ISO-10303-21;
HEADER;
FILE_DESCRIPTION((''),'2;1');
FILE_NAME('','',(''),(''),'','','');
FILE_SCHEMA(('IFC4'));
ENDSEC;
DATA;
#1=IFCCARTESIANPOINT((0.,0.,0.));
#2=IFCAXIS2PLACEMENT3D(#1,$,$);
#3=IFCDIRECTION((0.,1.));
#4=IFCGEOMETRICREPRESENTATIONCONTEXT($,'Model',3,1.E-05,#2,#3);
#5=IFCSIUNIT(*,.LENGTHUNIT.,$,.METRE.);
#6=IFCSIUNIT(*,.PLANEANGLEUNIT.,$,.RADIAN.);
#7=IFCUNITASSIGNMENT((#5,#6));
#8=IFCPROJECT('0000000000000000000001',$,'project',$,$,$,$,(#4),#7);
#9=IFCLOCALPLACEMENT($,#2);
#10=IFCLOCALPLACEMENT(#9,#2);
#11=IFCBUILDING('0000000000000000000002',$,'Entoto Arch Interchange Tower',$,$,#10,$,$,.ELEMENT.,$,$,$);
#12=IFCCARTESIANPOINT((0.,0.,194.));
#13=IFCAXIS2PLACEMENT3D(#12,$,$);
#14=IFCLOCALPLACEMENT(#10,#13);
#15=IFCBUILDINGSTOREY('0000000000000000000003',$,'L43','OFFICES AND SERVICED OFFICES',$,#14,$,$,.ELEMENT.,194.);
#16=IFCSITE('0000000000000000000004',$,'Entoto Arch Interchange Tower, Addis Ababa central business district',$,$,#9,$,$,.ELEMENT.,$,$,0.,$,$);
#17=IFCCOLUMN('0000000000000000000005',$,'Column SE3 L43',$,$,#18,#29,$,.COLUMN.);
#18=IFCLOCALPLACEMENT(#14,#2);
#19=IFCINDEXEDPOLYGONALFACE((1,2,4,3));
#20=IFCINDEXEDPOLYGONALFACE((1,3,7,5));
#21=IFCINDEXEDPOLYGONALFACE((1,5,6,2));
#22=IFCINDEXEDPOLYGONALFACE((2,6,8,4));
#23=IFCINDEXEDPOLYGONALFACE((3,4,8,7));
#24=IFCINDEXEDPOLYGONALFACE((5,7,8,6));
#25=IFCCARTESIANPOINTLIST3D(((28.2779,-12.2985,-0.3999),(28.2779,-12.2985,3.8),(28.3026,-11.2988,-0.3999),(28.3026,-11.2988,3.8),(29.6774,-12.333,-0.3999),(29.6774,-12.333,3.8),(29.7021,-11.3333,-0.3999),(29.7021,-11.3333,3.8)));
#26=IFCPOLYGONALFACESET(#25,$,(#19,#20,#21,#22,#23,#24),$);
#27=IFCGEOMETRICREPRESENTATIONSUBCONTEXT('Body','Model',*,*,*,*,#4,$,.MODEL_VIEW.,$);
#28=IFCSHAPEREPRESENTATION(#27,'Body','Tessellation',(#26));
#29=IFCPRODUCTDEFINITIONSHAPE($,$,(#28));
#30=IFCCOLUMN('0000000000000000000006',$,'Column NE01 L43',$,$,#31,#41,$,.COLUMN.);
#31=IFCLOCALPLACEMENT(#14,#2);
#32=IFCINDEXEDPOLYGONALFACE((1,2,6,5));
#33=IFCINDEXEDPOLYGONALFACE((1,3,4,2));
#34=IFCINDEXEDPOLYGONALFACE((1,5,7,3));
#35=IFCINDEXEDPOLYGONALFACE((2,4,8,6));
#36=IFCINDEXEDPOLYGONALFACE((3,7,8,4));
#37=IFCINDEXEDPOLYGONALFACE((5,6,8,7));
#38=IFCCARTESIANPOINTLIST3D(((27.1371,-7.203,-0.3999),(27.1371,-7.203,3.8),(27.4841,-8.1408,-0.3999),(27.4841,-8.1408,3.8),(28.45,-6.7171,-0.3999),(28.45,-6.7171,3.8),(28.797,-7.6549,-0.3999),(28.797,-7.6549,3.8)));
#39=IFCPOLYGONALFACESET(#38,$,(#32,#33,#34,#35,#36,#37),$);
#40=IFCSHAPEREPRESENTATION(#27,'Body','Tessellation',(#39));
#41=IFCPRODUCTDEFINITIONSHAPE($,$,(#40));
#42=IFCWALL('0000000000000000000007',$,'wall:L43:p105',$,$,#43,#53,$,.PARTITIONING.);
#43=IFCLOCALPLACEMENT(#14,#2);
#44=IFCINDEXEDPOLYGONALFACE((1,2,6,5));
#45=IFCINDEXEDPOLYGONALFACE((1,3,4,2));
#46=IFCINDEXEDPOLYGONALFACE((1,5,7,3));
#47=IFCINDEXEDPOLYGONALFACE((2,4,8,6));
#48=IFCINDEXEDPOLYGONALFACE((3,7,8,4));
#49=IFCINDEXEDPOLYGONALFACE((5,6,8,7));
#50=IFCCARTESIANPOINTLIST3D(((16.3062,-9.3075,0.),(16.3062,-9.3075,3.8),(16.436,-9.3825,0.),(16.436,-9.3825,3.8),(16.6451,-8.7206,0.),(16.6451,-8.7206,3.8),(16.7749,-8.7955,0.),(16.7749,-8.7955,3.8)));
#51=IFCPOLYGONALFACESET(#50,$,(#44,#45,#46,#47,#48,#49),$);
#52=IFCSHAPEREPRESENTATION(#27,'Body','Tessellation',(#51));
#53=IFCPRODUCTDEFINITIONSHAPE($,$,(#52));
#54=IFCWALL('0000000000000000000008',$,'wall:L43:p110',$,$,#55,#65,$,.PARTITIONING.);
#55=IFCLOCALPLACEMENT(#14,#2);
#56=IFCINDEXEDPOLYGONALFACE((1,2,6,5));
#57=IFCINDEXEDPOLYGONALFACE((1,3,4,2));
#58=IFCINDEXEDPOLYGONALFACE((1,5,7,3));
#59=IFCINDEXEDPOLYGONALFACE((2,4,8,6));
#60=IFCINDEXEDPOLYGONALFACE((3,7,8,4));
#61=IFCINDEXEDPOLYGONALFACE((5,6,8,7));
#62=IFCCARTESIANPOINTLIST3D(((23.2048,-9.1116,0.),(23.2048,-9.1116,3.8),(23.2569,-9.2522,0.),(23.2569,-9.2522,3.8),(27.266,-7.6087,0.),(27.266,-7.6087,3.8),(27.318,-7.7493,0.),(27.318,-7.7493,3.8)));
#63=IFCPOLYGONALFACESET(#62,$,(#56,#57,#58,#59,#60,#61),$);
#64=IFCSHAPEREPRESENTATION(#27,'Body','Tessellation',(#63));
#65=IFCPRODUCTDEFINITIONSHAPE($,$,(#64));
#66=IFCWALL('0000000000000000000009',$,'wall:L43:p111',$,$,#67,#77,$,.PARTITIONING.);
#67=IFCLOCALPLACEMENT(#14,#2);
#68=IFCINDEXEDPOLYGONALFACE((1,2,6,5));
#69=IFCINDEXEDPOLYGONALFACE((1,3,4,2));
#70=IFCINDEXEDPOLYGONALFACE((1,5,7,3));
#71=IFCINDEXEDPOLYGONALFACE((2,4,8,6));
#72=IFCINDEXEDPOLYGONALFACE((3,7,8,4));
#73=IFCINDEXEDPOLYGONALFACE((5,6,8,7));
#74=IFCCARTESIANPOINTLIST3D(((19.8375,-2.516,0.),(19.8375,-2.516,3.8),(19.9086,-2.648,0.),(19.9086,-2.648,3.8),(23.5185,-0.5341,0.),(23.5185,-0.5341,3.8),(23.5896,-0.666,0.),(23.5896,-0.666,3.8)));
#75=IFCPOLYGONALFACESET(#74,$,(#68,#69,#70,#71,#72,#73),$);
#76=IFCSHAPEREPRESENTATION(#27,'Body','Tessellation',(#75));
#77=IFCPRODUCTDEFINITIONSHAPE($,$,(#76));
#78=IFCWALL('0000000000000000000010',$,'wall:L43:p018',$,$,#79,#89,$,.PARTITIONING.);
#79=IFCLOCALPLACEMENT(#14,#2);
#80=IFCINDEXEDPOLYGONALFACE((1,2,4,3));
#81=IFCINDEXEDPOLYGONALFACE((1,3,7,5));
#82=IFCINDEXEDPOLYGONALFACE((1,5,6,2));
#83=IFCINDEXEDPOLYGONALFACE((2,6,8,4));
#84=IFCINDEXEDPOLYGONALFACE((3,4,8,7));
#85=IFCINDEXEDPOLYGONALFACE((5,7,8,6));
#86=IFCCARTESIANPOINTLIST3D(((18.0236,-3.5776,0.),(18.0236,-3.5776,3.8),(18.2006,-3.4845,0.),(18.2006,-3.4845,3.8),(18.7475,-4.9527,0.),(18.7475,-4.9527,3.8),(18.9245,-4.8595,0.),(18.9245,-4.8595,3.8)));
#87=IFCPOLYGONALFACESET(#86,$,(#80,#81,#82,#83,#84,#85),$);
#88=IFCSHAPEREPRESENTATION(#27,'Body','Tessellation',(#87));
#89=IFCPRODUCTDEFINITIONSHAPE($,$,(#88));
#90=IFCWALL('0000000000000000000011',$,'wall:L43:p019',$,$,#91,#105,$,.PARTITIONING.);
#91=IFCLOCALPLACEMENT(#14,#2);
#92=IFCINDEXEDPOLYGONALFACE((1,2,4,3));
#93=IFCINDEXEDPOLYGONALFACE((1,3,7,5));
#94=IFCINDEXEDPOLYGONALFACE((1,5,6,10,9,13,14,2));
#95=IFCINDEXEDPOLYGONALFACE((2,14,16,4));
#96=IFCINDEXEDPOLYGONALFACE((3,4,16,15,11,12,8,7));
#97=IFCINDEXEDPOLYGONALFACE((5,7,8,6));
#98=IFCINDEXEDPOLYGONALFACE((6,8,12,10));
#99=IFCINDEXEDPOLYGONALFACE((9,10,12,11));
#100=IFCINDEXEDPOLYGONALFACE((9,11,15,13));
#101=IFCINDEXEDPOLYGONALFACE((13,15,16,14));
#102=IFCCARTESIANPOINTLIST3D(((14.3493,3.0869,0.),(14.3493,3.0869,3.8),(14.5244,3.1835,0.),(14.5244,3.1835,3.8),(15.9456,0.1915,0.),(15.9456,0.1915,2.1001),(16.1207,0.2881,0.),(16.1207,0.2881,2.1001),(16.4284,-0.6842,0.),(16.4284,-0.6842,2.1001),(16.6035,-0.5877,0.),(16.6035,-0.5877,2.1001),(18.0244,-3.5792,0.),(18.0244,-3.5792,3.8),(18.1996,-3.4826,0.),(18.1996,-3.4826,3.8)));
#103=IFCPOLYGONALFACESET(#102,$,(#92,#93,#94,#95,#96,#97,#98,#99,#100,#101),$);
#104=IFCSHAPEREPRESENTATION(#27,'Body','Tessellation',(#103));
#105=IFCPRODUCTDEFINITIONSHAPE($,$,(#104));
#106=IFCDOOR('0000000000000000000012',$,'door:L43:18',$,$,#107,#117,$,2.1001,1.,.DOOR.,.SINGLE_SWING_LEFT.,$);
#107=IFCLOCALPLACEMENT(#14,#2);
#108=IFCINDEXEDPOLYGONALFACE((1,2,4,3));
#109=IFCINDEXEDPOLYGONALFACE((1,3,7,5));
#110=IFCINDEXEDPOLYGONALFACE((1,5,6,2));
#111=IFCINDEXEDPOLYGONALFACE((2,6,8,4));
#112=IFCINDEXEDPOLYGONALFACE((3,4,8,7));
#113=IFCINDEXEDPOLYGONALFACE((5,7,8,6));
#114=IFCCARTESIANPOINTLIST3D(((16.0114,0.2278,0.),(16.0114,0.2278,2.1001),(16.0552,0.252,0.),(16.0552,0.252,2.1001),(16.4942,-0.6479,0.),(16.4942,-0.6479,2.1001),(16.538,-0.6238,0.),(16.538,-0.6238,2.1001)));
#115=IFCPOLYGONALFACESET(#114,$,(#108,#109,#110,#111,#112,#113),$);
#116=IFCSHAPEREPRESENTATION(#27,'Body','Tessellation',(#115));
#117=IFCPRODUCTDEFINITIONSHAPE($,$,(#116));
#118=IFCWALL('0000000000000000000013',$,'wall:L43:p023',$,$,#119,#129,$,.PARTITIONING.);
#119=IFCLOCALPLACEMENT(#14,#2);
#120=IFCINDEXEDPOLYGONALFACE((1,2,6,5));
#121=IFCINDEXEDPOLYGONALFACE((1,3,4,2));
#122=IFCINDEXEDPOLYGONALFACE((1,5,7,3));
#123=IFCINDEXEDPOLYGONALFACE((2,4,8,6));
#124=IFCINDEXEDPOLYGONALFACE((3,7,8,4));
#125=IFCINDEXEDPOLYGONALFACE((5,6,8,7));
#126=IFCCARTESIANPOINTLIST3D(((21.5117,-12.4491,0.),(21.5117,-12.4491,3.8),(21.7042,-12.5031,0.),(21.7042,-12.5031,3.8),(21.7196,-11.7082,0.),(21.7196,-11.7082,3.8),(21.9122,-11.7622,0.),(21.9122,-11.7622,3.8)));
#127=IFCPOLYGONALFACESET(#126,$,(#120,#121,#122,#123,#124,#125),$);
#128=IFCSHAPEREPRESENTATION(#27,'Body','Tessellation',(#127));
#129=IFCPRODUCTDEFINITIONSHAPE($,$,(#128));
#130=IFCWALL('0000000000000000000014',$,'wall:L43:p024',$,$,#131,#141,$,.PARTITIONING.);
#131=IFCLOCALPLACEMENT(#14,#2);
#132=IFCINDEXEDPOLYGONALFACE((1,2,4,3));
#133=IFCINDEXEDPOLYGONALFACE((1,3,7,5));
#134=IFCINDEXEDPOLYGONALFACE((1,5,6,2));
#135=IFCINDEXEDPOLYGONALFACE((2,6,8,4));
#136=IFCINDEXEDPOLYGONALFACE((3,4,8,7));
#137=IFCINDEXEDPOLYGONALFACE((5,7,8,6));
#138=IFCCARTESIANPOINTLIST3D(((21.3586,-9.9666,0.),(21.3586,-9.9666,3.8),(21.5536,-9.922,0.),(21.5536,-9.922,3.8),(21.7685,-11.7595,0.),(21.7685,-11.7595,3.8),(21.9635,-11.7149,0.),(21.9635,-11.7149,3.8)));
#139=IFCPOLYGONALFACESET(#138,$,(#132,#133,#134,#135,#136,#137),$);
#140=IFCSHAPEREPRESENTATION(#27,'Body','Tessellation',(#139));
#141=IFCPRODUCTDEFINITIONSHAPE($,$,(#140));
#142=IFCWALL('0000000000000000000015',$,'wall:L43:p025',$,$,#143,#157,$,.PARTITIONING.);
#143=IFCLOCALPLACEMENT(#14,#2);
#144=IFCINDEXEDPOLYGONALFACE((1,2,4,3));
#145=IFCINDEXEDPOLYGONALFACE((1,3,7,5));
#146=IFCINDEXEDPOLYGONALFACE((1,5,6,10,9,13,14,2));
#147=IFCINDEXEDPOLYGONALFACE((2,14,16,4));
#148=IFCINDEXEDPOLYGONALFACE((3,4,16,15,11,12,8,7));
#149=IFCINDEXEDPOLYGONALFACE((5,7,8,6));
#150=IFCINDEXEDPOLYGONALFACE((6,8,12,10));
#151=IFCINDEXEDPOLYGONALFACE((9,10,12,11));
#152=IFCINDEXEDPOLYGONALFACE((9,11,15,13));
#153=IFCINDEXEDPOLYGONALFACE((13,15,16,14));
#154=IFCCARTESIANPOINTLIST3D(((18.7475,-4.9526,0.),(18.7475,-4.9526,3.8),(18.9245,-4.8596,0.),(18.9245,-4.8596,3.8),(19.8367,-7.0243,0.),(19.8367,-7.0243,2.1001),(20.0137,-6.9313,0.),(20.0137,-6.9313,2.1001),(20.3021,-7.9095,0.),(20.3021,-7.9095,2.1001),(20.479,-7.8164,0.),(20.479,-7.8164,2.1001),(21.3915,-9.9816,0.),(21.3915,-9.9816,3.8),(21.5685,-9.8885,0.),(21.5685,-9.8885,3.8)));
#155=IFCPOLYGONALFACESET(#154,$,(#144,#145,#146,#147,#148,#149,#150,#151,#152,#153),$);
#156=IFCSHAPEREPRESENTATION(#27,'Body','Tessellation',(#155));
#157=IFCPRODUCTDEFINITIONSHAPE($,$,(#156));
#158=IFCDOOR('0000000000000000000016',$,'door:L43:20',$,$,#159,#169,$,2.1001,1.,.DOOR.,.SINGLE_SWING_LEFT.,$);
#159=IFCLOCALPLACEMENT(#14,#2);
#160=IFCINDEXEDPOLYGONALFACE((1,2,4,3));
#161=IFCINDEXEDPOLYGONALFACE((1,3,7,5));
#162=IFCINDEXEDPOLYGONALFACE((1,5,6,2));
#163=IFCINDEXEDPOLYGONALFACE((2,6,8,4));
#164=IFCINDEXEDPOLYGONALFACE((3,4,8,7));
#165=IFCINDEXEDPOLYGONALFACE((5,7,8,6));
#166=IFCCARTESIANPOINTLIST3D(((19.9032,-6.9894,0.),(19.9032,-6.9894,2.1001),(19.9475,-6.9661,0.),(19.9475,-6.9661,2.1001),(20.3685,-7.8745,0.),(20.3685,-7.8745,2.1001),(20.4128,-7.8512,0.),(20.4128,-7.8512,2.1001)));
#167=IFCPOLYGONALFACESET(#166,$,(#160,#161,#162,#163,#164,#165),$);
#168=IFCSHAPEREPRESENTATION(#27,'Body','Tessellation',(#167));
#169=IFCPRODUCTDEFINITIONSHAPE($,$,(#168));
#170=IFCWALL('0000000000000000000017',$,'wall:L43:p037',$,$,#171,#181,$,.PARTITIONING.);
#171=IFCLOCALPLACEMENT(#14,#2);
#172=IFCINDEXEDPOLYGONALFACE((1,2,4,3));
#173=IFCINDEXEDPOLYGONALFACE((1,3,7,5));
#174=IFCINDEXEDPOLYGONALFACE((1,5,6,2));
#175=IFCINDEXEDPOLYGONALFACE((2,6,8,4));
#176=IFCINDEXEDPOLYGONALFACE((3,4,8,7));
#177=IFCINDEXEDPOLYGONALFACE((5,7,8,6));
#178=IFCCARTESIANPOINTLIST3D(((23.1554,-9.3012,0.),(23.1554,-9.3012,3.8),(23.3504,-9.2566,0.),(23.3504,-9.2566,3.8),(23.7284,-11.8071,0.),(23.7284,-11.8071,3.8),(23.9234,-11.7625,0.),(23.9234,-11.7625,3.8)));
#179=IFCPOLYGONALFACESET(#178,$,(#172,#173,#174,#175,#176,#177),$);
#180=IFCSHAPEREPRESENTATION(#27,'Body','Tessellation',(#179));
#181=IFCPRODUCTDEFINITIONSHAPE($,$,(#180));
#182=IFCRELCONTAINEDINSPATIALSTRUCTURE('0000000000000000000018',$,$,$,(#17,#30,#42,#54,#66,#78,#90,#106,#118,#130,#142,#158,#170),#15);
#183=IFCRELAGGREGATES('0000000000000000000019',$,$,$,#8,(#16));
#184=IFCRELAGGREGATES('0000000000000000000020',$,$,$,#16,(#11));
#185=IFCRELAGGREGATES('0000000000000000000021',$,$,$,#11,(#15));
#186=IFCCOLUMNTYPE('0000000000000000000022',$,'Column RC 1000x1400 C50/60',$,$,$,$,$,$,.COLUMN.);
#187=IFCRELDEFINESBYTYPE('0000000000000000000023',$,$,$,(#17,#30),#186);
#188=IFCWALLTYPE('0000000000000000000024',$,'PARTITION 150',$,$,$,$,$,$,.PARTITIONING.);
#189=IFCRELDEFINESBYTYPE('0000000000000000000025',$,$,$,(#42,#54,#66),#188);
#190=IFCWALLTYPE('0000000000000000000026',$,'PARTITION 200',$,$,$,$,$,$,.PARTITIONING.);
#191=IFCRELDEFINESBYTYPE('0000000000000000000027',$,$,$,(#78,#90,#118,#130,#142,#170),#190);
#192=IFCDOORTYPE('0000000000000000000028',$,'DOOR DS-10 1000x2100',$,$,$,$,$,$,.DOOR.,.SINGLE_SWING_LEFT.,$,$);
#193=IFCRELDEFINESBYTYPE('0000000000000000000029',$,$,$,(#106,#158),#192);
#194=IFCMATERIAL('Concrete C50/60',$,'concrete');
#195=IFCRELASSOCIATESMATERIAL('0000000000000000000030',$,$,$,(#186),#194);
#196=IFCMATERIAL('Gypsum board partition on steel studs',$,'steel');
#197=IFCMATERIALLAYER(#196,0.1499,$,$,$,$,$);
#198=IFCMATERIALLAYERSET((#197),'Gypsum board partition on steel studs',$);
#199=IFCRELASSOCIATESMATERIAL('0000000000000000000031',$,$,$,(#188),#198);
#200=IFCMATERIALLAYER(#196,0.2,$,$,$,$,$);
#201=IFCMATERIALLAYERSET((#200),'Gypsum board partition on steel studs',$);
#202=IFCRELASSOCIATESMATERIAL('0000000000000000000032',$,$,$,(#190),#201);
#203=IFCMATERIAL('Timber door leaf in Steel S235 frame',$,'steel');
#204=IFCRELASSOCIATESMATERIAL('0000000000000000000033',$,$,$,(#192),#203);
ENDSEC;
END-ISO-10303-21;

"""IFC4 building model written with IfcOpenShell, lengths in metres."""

from ifc_helpers import new_model, si_unit, direction, frame, frame_2d, origin, origin_2d, place, context, subcontext, project, spatial, rectangle, extrude, material, layer, layer_set, material_profile, profile_set, type_object, element, fill, save


model = new_model("IFC4")

# Units and contexts
model_context = context("Model", 3, precision=1e-05, world=origin(), true_north=direction((0.0, 1.0)))
body_context = subcontext(model_context, "Body", "Model", "MODEL_VIEW")
ifc_project = project(units=[si_unit("LENGTHUNIT", "METRE"), si_unit("PLANEANGLEUNIT", "RADIAN")], contexts=[model_context])

# Site, building, storey
site_placement = place(None, origin())
site = spatial("IfcSite", under=ifc_project, at=site_placement, Name="Entoto Arch Interchange Tower, Addis Ababa central business district", CompositionType="ELEMENT", RefElevation=0.0)
building_placement = place(site_placement, origin())
building = spatial("IfcBuilding", under=site, at=building_placement, Name="Entoto Arch Interchange Tower", CompositionType="ELEMENT")
storey_placement = place(building_placement, frame((0.0, 0.0, 194.0)))
storey = spatial("IfcBuildingStorey", under=building, at=storey_placement, Name="L43", Description="OFFICES AND SERVICED OFFICES", CompositionType="ELEMENT", Elevation=194.0)

# Columns
ifc_material_1 = material(Name="Concrete C50/60", Category="concrete")
ifc_material_profile = material_profile(ifc_material_1, rectangle(XDim=1.0, YDim=1.3999, at=origin_2d()))
ifc_profile_set = profile_set([ifc_material_profile], Name="Concrete C50/60")
column_type = type_object("IfcColumnType", Name="Column RC 1000x1400 C50/60", PredefinedType="COLUMN", material=ifc_profile_set)
for number, where, z_axis, x_axis, name in (
    (1, (28.99, -11.8159, -0.3999), (0.0, 0.0, 1.0), (0.024676, 0.999695, 0.0), "Column SE3 L43"),
    (2, (27.967, -7.429, -0.3999), (0.0, 0.0, 1.0), (-0.347067, 0.93784, 0.0), "Column NE01 L43"),
):
    element("IfcColumn", number, at=place(storey_placement, frame(where, z_axis=z_axis, x_axis=x_axis)), inside=storey, type_object=column_type, Name=name, PredefinedType="COLUMN", context=body_context, shape_type="SweptSolid", body=[
        extrude(rectangle(XDim=1.0, YDim=1.3999, at=origin_2d()), origin(), (0.0, 0.0, 1.0), 4.2),
    ])

# Walls
ifc_material_2 = material(Name="Gypsum board partition on steel studs", Category="steel")
ifc_layer_1 = layer(ifc_material_2, 0.1499)
ifc_layer_set_1 = layer_set([ifc_layer_1], Name="Gypsum board partition on steel studs")
wall_type_1 = type_object("IfcWallType", Name="PARTITION 150", PredefinedType="PARTITIONING", material=ifc_layer_set_1)
wall_1_placement = place(storey_placement, frame((16.71, -8.7581, 0.0), z_axis=(0.0, 0.0, 1.0), x_axis=(-0.500013, -0.866018, 0.0)))
element("IfcWall", 3, at=wall_1_placement, inside=storey, type_object=wall_type_1, Name="wall:L43:p105", PredefinedType="PARTITIONING", context=body_context, shape_type="SweptSolid", body=[
    extrude(rectangle(XDim=0.6777, YDim=0.1499, at=frame_2d((0.3389, 0.0))), origin(), (0.0, 0.0, 1.0), 3.8),
])
wall_2_placement = place(storey_placement, frame((23.231, -9.1819, 0.0), z_axis=(0.0, 0.0, 1.0), x_axis=(0.937836, 0.347079, 0.0)))
element("IfcWall", 4, at=wall_2_placement, inside=storey, type_object=wall_type_1, Name="wall:L43:p110", PredefinedType="PARTITIONING", context=body_context, shape_type="SweptSolid", body=[
    extrude(rectangle(XDim=4.3303, YDim=0.1499, at=frame_2d((2.165, 0.0))), origin(), (0.0, 0.0, 1.0), 3.8),
])
wall_3_placement = place(storey_placement, frame((19.873, -2.582, 0.0), z_axis=(0.0, 0.0, 1.0), x_axis=(0.88048, 0.474082, 0.0)))
element("IfcWall", 5, at=wall_3_placement, inside=storey, type_object=wall_type_1, Name="wall:L43:p111", PredefinedType="PARTITIONING", context=body_context, shape_type="SweptSolid", body=[
    extrude(rectangle(XDim=4.1807, YDim=0.1499, at=frame_2d((2.0903, 0.0))), origin(), (0.0, 0.0, 1.0), 3.8),
])
ifc_layer_2 = layer(ifc_material_2, 0.2)
ifc_layer_set_2 = layer_set([ifc_layer_2], Name="Gypsum board partition on steel studs")
wall_type_2 = type_object("IfcWallType", Name="PARTITION 200", PredefinedType="PARTITIONING", material=ifc_layer_set_2)
wall_4_placement = place(storey_placement, frame((18.8359, -4.906, 0.0), z_axis=(0.0, 0.0, 1.0), x_axis=(-0.465844, 0.884867, 0.0)))
element("IfcWall", 6, at=wall_4_placement, inside=storey, type_object=wall_type_2, Name="wall:L43:p018", PredefinedType="PARTITIONING", context=body_context, shape_type="SweptSolid", body=[
    extrude(rectangle(XDim=1.554, YDim=0.2, at=frame_2d((0.7769, 0.0))), origin(), (0.0, 0.0, 1.0), 3.8),
])

# Wall, opening, door
wall_5_placement = place(storey_placement, frame((18.1121, -3.531, 0.0), z_axis=(0.0, 0.0, 1.0), x_axis=(-0.4828, 0.875731, 0.0)))
wall_5 = element("IfcWall", 7, at=wall_5_placement, inside=storey, type_object=wall_type_2, Name="wall:L43:p019", PredefinedType="PARTITIONING", context=body_context, shape_type="SweptSolid", body=[
    extrude(rectangle(XDim=7.6121, YDim=0.2, at=frame_2d((3.8062, 0.0))), origin(), (0.0, 0.0, 1.0), 3.8),
])
opening_1_placement = place(wall_5_placement, frame((3.3059, 0.0, 0.0)))
opening_1 = element("IfcOpeningElement", 8, at=opening_1_placement, cuts=wall_5, PredefinedType="OPENING", context=body_context, shape_type="SweptSolid", body=[
    extrude(rectangle(XDim=1.0, YDim=2.1001, at=frame_2d((0.5, 1.05))), frame((0.0, 0.1099, 0.0), z_axis=(0.0, -1.0, 0.0), x_axis=(1.0, 0.0, 0.0)), (0.0, 0.0, 1.0), 0.22),
])
ifc_material_3 = material(Name="Timber door leaf in Steel S235 frame", Category="steel")
door_type = type_object("IfcDoorType", Name="DOOR DS-10 1000x2100", OperationType="SINGLE_SWING_LEFT", PredefinedType="DOOR", material=ifc_material_3)
door_1_placement = place(opening_1_placement, origin())
door_1 = element("IfcDoor", 9, at=door_1_placement, inside=storey, type_object=door_type, Name="door:L43:18", OperationType="SINGLE_SWING_LEFT", OverallHeight=2.1001, OverallWidth=1.0, PredefinedType="DOOR", context=body_context, shape_type="SweptSolid", body=[
    extrude(rectangle(XDim=1.0, YDim=2.1001, at=frame_2d((0.5, 1.05))), frame((0.0, 0.0249, 0.0), z_axis=(0.0, -1.0, 0.0), x_axis=(1.0, 0.0, 0.0)), (0.0, 0.0, 1.0), 0.05),
])
fill(opening_1, door_1)

# Walls
wall_6_placement = place(storey_placement, frame((21.6079, -12.4761, 0.0), z_axis=(0.0, 0.0, 1.0), x_axis=(0.270277, 0.962783, 0.0)))
element("IfcWall", 10, at=wall_6_placement, inside=storey, type_object=wall_type_2, Name="wall:L43:p023", PredefinedType="PARTITIONING", context=body_context, shape_type="SweptSolid", body=[
    extrude(rectangle(XDim=0.7695, YDim=0.2, at=frame_2d((0.3848, 0.0))), origin(), (0.0, 0.0, 1.0), 3.8),
])
wall_7_placement = place(storey_placement, frame((21.866, -11.7371, 0.0), z_axis=(0.0, 0.0, 1.0), x_axis=(-0.222872, 0.974848, 0.0)))
element("IfcWall", 11, at=wall_7_placement, inside=storey, type_object=wall_type_2, Name="wall:L43:p024", PredefinedType="PARTITIONING", context=body_context, shape_type="SweptSolid", body=[
    extrude(rectangle(XDim=1.8391, YDim=0.2, at=frame_2d((0.9194, 0.0))), origin(), (0.0, 0.0, 1.0), 3.8),
])

# Wall, opening, door
wall_8_placement = place(storey_placement, frame((21.48, -9.9351, 0.0), z_axis=(0.0, 0.0, 1.0), x_axis=(-0.465357, 0.885123, 0.0)))
wall_8 = element("IfcWall", 12, at=wall_8_placement, inside=storey, type_object=wall_type_2, Name="wall:L43:p025", PredefinedType="PARTITIONING", context=body_context, shape_type="SweptSolid", body=[
    extrude(rectangle(XDim=5.6816, YDim=0.2, at=frame_2d((2.8408, 0.0))), origin(), (0.0, 0.0, 1.0), 3.8),
])
opening_2_placement = place(wall_8_placement, frame((2.3411, 0.0, 0.0)))
opening_2 = element("IfcOpeningElement", 13, at=opening_2_placement, cuts=wall_8, PredefinedType="OPENING", context=body_context, shape_type="SweptSolid", body=[
    extrude(rectangle(XDim=1.0, YDim=2.1001, at=frame_2d((0.5, 1.05))), frame((0.0, 0.1099, 0.0), z_axis=(0.0, -1.0, 0.0), x_axis=(1.0, 0.0, 0.0)), (0.0, 0.0, 1.0), 0.22),
])
door_2_placement = place(opening_2_placement, origin())
door_2 = element("IfcDoor", 14, at=door_2_placement, inside=storey, type_object=door_type, Name="door:L43:20", OperationType="SINGLE_SWING_LEFT", OverallHeight=2.1001, OverallWidth=1.0, PredefinedType="DOOR", context=body_context, shape_type="SweptSolid", body=[
    extrude(rectangle(XDim=1.0, YDim=2.1001, at=frame_2d((0.5, 1.05))), frame((0.0, 0.0249, 0.0), z_axis=(0.0, -1.0, 0.0), x_axis=(1.0, 0.0, 0.0)), (0.0, 0.0, 1.0), 0.05),
])
fill(opening_2, door_2)

# Wall
wall_9_placement = place(storey_placement, frame((23.2529, -9.2791, 0.0), z_axis=(0.0, 0.0, 1.0), x_axis=(0.22291, -0.974839, 0.0)))
element("IfcWall", 15, at=wall_9_placement, inside=storey, type_object=wall_type_2, Name="wall:L43:p037", PredefinedType="PARTITIONING", context=body_context, shape_type="SweptSolid", body=[
    extrude(rectangle(XDim=2.5706, YDim=0.2, at=frame_2d((1.2852, 0.0))), origin(), (0.0, 0.0, 1.0), 3.8),
])

save(model, "model.ifc")
